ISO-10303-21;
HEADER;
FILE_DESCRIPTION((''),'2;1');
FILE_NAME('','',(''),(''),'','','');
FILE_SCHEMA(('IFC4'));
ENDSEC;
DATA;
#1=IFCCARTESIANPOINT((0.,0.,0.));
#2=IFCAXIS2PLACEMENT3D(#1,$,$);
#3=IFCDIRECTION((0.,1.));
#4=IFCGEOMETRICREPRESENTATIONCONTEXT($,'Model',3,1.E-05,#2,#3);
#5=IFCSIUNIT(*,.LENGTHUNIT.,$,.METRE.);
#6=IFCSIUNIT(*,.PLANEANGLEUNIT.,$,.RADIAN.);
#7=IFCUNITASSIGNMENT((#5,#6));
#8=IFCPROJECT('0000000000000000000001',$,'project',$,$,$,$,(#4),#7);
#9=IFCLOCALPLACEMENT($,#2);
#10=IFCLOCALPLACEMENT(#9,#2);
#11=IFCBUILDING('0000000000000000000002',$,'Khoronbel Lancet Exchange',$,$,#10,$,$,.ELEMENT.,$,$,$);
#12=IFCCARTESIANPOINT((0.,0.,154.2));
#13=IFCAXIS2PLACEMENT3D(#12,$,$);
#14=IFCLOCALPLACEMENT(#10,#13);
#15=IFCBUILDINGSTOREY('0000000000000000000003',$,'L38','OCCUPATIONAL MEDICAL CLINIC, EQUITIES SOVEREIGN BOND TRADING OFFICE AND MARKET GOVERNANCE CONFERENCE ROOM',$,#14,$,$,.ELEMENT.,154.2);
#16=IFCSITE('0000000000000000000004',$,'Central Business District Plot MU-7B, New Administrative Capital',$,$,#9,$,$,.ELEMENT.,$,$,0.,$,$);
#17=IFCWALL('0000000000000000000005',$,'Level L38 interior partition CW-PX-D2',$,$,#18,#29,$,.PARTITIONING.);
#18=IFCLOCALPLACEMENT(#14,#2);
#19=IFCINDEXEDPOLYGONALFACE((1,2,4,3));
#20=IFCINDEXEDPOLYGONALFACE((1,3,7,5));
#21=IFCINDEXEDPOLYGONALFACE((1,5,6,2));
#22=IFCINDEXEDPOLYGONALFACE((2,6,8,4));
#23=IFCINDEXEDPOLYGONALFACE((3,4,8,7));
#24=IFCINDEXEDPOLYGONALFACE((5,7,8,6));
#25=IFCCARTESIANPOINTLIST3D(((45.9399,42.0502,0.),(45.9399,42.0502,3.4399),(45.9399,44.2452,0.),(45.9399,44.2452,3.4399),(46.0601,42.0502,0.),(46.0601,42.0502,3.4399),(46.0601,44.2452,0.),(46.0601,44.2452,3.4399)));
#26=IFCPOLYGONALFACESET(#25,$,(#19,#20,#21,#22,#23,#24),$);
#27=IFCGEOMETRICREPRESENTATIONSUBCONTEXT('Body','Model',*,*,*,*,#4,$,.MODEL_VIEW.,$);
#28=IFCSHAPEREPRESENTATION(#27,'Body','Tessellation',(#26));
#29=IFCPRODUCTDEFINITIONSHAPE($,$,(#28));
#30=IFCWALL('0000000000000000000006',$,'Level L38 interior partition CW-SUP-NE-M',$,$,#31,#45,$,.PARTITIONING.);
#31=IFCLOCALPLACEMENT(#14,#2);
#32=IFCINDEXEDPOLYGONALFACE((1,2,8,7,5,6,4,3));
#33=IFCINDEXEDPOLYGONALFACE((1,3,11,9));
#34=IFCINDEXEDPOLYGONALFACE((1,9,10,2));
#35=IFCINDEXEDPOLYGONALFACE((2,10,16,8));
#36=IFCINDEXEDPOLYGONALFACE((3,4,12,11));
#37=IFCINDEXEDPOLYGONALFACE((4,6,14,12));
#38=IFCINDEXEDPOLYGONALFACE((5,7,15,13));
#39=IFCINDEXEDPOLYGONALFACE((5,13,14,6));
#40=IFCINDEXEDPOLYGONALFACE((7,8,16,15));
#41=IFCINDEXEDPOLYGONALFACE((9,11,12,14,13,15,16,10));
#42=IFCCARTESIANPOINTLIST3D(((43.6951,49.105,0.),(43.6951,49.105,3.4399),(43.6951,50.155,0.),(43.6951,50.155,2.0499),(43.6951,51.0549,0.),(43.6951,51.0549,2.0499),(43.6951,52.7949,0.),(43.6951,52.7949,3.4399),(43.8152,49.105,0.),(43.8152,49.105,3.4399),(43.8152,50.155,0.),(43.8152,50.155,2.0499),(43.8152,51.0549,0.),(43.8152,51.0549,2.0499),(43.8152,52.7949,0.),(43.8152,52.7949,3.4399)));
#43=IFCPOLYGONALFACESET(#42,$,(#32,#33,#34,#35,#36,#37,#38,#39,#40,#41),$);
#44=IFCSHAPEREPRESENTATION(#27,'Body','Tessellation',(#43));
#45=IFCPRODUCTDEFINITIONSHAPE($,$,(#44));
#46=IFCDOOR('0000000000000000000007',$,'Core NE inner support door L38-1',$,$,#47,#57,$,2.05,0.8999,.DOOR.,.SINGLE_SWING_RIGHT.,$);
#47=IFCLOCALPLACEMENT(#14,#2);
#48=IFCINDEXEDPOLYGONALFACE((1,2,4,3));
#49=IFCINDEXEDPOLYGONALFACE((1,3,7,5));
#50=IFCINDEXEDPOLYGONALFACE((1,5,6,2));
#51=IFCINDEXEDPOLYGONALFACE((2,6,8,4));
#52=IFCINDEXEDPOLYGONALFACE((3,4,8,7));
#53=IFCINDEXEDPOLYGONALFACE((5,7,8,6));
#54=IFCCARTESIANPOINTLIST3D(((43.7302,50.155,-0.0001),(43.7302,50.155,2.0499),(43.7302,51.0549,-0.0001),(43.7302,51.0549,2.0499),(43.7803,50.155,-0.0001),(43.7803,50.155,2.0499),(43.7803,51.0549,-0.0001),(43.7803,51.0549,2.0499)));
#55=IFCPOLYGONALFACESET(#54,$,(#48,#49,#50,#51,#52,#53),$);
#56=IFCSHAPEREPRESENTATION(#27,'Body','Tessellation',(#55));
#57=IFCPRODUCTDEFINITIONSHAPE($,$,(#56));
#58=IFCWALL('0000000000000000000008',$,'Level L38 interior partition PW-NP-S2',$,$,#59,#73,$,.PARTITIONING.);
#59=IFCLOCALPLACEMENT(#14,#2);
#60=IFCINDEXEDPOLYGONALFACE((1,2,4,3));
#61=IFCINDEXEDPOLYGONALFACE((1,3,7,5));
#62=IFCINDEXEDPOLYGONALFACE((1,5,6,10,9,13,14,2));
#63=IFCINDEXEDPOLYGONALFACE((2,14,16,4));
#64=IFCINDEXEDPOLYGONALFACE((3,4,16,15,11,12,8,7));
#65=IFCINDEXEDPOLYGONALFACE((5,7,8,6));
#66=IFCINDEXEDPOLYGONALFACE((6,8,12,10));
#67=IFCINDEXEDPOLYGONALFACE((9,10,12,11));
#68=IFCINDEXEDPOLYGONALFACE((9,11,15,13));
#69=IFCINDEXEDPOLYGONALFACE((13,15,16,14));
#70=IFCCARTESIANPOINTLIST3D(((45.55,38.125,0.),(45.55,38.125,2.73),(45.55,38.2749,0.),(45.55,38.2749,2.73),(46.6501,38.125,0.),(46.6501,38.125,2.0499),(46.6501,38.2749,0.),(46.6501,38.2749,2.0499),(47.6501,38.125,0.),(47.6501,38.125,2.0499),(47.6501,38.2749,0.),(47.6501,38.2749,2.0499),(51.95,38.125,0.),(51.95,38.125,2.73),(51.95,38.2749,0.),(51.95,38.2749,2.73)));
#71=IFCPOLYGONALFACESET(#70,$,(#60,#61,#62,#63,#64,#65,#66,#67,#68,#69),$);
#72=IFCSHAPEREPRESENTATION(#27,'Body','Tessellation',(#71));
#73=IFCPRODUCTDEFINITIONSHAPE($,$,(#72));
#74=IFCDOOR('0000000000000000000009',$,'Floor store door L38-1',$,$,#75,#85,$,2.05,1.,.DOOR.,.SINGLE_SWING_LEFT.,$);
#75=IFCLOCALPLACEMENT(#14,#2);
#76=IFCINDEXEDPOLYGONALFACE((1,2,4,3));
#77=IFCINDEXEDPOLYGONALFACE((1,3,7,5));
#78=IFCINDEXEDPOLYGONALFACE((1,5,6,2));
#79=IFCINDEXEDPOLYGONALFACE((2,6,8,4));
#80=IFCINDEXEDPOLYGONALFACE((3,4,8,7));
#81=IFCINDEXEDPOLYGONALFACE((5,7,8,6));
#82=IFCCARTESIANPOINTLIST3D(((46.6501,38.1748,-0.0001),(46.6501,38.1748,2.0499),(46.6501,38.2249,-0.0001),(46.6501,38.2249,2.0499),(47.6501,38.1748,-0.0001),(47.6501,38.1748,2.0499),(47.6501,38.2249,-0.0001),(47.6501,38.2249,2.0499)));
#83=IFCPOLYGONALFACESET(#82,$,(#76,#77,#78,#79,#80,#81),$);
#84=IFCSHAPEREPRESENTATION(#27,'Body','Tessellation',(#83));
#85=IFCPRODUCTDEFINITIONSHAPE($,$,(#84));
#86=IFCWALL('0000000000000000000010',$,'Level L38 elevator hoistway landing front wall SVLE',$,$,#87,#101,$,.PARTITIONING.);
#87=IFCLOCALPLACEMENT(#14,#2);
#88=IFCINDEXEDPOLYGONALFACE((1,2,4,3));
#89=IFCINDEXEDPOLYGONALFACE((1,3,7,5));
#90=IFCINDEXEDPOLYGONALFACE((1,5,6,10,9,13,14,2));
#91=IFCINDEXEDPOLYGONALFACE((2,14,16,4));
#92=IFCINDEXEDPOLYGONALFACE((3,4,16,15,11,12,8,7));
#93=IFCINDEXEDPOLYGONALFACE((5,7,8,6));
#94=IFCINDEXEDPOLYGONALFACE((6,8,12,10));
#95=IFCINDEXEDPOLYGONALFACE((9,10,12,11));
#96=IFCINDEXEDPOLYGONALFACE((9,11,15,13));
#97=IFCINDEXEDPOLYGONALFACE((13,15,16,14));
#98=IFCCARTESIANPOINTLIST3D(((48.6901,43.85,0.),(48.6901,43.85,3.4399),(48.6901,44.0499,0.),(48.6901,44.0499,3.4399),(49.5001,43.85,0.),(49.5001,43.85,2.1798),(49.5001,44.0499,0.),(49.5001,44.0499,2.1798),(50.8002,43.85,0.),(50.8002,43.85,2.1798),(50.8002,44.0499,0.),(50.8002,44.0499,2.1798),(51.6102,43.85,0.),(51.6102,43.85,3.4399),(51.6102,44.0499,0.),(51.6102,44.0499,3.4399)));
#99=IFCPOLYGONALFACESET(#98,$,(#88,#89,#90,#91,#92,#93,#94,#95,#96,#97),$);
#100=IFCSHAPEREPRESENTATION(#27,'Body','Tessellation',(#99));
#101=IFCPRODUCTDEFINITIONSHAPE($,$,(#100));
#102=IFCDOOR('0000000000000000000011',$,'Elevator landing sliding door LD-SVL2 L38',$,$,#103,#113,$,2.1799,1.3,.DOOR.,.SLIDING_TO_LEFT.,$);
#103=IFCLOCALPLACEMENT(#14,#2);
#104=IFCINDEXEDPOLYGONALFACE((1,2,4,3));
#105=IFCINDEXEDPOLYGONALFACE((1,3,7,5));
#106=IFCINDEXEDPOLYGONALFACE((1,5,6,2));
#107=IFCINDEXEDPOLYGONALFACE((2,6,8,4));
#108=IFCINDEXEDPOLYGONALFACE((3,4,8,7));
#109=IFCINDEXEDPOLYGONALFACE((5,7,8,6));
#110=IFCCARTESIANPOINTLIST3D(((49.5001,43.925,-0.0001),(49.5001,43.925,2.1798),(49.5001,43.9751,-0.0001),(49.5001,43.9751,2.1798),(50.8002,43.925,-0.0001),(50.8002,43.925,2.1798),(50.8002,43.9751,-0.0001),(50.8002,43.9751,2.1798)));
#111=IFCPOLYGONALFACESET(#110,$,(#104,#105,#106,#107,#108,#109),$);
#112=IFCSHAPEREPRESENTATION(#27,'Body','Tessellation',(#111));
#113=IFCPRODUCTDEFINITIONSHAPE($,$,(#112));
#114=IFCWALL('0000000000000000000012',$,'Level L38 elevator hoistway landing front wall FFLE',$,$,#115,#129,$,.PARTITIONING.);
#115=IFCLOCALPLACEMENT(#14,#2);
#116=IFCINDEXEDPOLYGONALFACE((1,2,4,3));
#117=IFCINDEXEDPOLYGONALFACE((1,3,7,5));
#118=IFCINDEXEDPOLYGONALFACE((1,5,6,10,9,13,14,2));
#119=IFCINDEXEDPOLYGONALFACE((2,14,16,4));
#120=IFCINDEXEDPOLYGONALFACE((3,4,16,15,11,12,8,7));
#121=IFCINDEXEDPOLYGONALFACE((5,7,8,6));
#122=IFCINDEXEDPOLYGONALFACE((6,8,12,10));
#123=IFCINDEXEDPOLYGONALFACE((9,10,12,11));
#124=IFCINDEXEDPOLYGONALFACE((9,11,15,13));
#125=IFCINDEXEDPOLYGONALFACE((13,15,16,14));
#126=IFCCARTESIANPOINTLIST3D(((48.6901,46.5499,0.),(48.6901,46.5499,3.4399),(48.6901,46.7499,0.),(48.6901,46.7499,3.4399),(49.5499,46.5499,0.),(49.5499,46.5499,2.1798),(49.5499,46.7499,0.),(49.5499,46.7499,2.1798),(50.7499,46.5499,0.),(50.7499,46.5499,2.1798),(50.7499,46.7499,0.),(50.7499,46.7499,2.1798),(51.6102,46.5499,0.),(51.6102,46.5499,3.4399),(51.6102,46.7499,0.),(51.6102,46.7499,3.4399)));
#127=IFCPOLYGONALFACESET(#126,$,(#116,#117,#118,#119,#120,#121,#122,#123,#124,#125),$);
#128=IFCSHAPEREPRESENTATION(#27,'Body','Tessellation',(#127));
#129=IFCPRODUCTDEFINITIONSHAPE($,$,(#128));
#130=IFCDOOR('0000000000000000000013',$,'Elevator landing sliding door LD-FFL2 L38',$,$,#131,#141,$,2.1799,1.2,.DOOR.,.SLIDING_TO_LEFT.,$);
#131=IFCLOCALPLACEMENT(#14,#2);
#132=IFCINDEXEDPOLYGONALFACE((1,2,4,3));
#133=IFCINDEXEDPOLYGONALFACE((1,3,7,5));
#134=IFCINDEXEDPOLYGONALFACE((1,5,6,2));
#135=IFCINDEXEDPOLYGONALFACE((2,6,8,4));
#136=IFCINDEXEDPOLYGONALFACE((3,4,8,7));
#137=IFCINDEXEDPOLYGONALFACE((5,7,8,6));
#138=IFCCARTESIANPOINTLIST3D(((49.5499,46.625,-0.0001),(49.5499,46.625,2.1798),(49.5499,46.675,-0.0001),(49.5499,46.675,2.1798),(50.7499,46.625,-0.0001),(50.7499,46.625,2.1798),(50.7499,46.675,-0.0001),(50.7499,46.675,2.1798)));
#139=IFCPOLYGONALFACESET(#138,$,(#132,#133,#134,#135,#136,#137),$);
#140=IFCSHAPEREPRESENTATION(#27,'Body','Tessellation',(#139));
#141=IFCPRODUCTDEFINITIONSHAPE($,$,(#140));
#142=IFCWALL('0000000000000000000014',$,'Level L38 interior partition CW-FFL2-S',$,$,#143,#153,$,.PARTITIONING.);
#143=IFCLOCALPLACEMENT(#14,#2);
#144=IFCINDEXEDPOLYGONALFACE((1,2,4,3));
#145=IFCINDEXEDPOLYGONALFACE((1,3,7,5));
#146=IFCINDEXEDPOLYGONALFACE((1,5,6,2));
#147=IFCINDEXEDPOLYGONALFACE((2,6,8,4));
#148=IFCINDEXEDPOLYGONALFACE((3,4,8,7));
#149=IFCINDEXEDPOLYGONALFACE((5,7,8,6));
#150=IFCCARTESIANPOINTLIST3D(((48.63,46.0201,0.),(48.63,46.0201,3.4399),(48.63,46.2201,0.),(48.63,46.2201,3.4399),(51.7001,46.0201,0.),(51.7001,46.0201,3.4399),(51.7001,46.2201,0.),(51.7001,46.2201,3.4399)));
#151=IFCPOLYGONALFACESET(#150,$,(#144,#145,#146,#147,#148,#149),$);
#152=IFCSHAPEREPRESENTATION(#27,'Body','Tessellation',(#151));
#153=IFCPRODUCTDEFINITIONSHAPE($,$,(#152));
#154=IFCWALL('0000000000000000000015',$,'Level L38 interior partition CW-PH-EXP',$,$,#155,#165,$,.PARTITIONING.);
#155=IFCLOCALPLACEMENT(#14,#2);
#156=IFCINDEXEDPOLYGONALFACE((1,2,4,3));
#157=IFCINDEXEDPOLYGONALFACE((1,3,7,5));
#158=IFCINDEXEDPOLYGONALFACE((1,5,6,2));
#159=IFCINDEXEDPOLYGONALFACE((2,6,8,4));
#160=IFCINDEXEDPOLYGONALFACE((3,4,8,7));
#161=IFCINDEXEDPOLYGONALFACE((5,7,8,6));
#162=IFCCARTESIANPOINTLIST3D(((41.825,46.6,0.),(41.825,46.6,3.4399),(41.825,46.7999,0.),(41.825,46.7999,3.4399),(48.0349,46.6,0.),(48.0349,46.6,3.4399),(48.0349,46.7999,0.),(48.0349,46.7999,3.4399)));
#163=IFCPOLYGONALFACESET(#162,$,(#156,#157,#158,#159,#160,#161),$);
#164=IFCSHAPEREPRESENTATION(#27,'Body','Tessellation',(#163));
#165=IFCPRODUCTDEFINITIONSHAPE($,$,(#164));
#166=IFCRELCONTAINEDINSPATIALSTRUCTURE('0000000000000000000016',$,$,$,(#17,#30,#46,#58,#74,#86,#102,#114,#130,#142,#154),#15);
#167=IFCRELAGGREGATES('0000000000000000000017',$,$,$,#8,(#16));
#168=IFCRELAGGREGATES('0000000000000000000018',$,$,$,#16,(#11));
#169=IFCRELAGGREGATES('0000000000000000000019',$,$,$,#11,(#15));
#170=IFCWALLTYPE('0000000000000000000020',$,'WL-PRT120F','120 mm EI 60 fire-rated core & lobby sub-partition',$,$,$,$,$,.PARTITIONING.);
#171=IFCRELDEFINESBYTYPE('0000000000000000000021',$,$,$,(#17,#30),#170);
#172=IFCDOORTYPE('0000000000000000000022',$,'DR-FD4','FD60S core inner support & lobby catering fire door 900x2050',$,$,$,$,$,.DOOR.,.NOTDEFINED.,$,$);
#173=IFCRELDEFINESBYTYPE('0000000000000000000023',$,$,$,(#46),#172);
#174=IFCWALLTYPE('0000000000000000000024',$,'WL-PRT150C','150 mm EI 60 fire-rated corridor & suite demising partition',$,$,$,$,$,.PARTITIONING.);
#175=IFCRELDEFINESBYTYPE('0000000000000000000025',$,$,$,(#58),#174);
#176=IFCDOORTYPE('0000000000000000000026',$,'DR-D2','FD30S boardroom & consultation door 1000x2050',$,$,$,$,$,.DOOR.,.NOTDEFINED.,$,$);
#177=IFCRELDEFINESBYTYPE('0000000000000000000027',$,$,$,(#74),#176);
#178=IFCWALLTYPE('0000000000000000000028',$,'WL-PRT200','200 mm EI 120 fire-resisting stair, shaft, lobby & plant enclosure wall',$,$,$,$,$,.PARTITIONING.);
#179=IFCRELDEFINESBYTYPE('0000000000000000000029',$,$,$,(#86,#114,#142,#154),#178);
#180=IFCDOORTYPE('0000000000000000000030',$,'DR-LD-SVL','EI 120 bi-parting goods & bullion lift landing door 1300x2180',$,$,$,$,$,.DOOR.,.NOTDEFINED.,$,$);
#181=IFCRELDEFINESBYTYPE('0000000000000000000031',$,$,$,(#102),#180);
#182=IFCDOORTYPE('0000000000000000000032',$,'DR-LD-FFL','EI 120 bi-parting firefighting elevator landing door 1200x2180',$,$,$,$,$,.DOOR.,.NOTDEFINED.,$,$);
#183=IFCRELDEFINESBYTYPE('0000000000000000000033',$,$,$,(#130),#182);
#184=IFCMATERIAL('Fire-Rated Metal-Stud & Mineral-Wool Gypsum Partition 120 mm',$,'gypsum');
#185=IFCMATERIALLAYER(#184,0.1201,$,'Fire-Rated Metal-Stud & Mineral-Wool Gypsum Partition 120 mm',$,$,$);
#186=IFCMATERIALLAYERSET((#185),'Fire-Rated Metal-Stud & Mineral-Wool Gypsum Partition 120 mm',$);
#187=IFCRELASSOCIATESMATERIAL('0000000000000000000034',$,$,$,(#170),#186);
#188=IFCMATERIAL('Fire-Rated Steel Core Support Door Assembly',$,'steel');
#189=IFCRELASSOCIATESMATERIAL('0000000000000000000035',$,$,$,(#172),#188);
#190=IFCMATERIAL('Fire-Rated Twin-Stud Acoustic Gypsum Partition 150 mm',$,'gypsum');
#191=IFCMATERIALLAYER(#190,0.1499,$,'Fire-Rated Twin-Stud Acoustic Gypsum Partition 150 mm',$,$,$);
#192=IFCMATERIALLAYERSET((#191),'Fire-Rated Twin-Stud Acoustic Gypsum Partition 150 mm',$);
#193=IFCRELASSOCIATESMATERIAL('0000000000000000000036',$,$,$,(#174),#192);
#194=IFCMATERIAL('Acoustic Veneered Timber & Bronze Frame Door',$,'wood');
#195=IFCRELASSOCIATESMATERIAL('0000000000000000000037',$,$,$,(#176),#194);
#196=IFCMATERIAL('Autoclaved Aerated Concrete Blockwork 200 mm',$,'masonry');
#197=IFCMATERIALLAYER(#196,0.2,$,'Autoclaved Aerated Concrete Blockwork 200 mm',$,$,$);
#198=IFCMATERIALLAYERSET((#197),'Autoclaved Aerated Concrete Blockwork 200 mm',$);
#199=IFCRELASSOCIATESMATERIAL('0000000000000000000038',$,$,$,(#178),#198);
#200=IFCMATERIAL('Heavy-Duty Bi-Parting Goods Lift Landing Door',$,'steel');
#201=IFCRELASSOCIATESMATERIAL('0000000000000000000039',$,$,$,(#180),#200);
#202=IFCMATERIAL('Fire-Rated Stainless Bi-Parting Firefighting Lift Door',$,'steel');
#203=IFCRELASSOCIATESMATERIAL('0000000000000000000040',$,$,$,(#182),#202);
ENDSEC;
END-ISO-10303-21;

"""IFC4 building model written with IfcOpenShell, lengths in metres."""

from ifc_helpers import new_model, si_unit, direction, frame, frame_2d, origin, place, context, subcontext, project, spatial, rectangle, extrude, material, layer, layer_set, type_object, element, fill, save


model = new_model("IFC4")

# Units and contexts
model_context = context("Model", 3, precision=1e-05, world=origin(), true_north=direction((0.0, 1.0)))
body_context = subcontext(model_context, "Body", "Model", "MODEL_VIEW")
ifc_project = project(units=[si_unit("LENGTHUNIT", "METRE"), si_unit("PLANEANGLEUNIT", "RADIAN")], contexts=[model_context])

# Site, building, storey
site_placement = place(None, origin())
site = spatial("IfcSite", under=ifc_project, at=site_placement, Name="Central Business District Plot MU-7B, New Administrative Capital", CompositionType="ELEMENT", RefElevation=0.0)
building_placement = place(site_placement, origin())
building = spatial("IfcBuilding", under=site, at=building_placement, Name="Khoronbel Lancet Exchange", CompositionType="ELEMENT")
storey_placement = place(building_placement, frame((0.0, 0.0, 154.2)))
storey = spatial("IfcBuildingStorey", under=building, at=storey_placement, Name="L38", Description="OCCUPATIONAL MEDICAL CLINIC, EQUITIES SOVEREIGN BOND TRADING OFFICE AND MARKET GOVERNANCE CONFERENCE ROOM", CompositionType="ELEMENT", Elevation=154.2)

# Wall
ifc_material_1 = material(Name="Fire-Rated Metal-Stud & Mineral-Wool Gypsum Partition 120 mm", Category="gypsum")
ifc_layer_1 = layer(ifc_material_1, 0.1201, Name="Fire-Rated Metal-Stud & Mineral-Wool Gypsum Partition 120 mm")
ifc_layer_set_1 = layer_set([ifc_layer_1], Name="Fire-Rated Metal-Stud & Mineral-Wool Gypsum Partition 120 mm")
wall_type_1 = type_object("IfcWallType", Name="WL-PRT120F", Description="120 mm EI 60 fire-rated core & lobby sub-partition", PredefinedType="PARTITIONING", material=ifc_layer_set_1)
for number, where, z_axis, x_axis, name in (
    (1, (46.0, 42.05, 0.0), (0.0, 0.0, 1.0), (0.0, 1.0, 0.0), "Level L38 interior partition CW-PX-D2"),
):
    element("IfcWall", number, at=place(storey_placement, frame(where, z_axis=z_axis, x_axis=x_axis)), inside=storey, type_object=wall_type_1, Name=name, PredefinedType="PARTITIONING", context=body_context, shape_type="SweptSolid", body=[
        extrude(rectangle(XDim=2.1951, YDim=0.1201, at=frame_2d((1.0977, 0.0))), origin(), (0.0, 0.0, 1.0), 3.4399),
    ])

# Walls, openings, doors
wall_1_placement = place(storey_placement, frame((43.7551, 49.105, 0.0), z_axis=(0.0, 0.0, 1.0), x_axis=(0.0, 1.0, 0.0)))
wall_1 = element("IfcWall", 2, at=wall_1_placement, inside=storey, type_object=wall_type_1, Name="Level L38 interior partition CW-SUP-NE-M", PredefinedType="PARTITIONING", context=body_context, shape_type="SweptSolid", body=[
    extrude(rectangle(XDim=3.6899, YDim=0.1201, at=frame_2d((1.845, 0.0))), origin(), (0.0, 0.0, 1.0), 3.4399),
])
opening_1_placement = place(wall_1_placement, frame((1.05, 0.0, 0.0)))
opening_1 = element("IfcOpeningElement", 3, at=opening_1_placement, cuts=wall_1, PredefinedType="OPENING", context=body_context, shape_type="SweptSolid", body=[
    extrude(rectangle(XDim=0.8999, YDim=2.05, at=frame_2d((0.45, 1.0249))), frame((0.0, 0.0701, 0.0), z_axis=(0.0, -1.0, 0.0), x_axis=(1.0, 0.0, 0.0)), (0.0, 0.0, 1.0), 0.1401),
])
ifc_material_2 = material(Name="Fire-Rated Steel Core Support Door Assembly", Category="steel")
door_type_1 = type_object("IfcDoorType", Name="DR-FD4", Description="FD60S core inner support & lobby catering fire door 900x2050", OperationType="NOTDEFINED", PredefinedType="DOOR", material=ifc_material_2)
door_1_placement = place(opening_1_placement, origin())
door_1 = element("IfcDoor", 4, at=door_1_placement, inside=storey, type_object=door_type_1, Name="Core NE inner support door L38-1", OperationType="SINGLE_SWING_RIGHT", OverallHeight=2.05, OverallWidth=0.8999, PredefinedType="DOOR", context=body_context, shape_type="SweptSolid", body=[
    extrude(rectangle(XDim=0.8999, YDim=2.05, at=frame_2d((0.45, 1.0249))), frame((0.0, 0.0249, 0.0), z_axis=(0.0, -1.0, 0.0), x_axis=(1.0, 0.0, 0.0)), (0.0, 0.0, 1.0), 0.05),
])
fill(opening_1, door_1)
ifc_material_3 = material(Name="Fire-Rated Twin-Stud Acoustic Gypsum Partition 150 mm", Category="gypsum")
ifc_layer_2 = layer(ifc_material_3, 0.1499, Name="Fire-Rated Twin-Stud Acoustic Gypsum Partition 150 mm")
ifc_layer_set_2 = layer_set([ifc_layer_2], Name="Fire-Rated Twin-Stud Acoustic Gypsum Partition 150 mm")
wall_type_2 = type_object("IfcWallType", Name="WL-PRT150C", Description="150 mm EI 60 fire-rated corridor & suite demising partition", PredefinedType="PARTITIONING", material=ifc_layer_set_2)
wall_2_placement = place(storey_placement, frame((45.55, 38.2, 0.0), z_axis=(0.0, 0.0, 1.0), x_axis=(1.0, 0.0, 0.0)))
wall_2 = element("IfcWall", 5, at=wall_2_placement, inside=storey, type_object=wall_type_2, Name="Level L38 interior partition PW-NP-S2", PredefinedType="PARTITIONING", context=body_context, shape_type="SweptSolid", body=[
    extrude(rectangle(XDim=6.3999, YDim=0.1499, at=frame_2d((3.2, 0.0))), origin(), (0.0, 0.0, 1.0), 2.73),
])
opening_2_placement = place(wall_2_placement, frame((1.1001, 0.0, 0.0)))
opening_2 = element("IfcOpeningElement", 6, at=opening_2_placement, cuts=wall_2, PredefinedType="OPENING", context=body_context, shape_type="SweptSolid", body=[
    extrude(rectangle(XDim=1.0, YDim=2.05, at=frame_2d((0.5, 1.0249))), frame((0.0, 0.085, 0.0), z_axis=(0.0, -1.0, 0.0), x_axis=(1.0, 0.0, 0.0)), (0.0, 0.0, 1.0), 0.1699),
])
ifc_material_4 = material(Name="Acoustic Veneered Timber & Bronze Frame Door", Category="wood")
door_type_2 = type_object("IfcDoorType", Name="DR-D2", Description="FD30S boardroom & consultation door 1000x2050", OperationType="NOTDEFINED", PredefinedType="DOOR", material=ifc_material_4)
door_2_placement = place(opening_2_placement, origin())
door_2 = element("IfcDoor", 7, at=door_2_placement, inside=storey, type_object=door_type_2, Name="Floor store door L38-1", OperationType="SINGLE_SWING_LEFT", OverallHeight=2.05, OverallWidth=1.0, PredefinedType="DOOR", context=body_context, shape_type="SweptSolid", body=[
    extrude(rectangle(XDim=1.0, YDim=2.05, at=frame_2d((0.5, 1.0249))), frame((0.0, 0.0249, 0.0), z_axis=(0.0, -1.0, 0.0), x_axis=(1.0, 0.0, 0.0)), (0.0, 0.0, 1.0), 0.05),
])
fill(opening_2, door_2)
ifc_material_5 = material(Name="Autoclaved Aerated Concrete Blockwork 200 mm", Category="masonry")
ifc_layer_3 = layer(ifc_material_5, 0.2, Name="Autoclaved Aerated Concrete Blockwork 200 mm")
ifc_layer_set_3 = layer_set([ifc_layer_3], Name="Autoclaved Aerated Concrete Blockwork 200 mm")
wall_type_3 = type_object("IfcWallType", Name="WL-PRT200", Description="200 mm EI 120 fire-resisting stair, shaft, lobby & plant enclosure wall", PredefinedType="PARTITIONING", material=ifc_layer_set_3)
wall_3_placement = place(storey_placement, frame((51.6101, 43.95, 0.0), z_axis=(0.0, 0.0, 1.0), x_axis=(-1.0, 0.0, 0.0)))
wall_3 = element("IfcWall", 8, at=wall_3_placement, inside=storey, type_object=wall_type_3, Name="Level L38 elevator hoistway landing front wall SVLE", PredefinedType="PARTITIONING", context=body_context, shape_type="SweptSolid", body=[
    extrude(rectangle(XDim=2.9202, YDim=0.2, at=frame_2d((1.46, 0.0))), origin(), (0.0, 0.0, 1.0), 3.4399),
])
opening_3_placement = place(wall_3_placement, frame((0.8101, 0.0, 0.0)))
opening_3 = element("IfcOpeningElement", 9, at=opening_3_placement, cuts=wall_3, PredefinedType="OPENING", context=body_context, shape_type="SweptSolid", body=[
    extrude(rectangle(XDim=1.3, YDim=2.1799, at=frame_2d((0.6499, 1.0898))), frame((0.0, 0.1099, 0.0), z_axis=(0.0, -1.0, 0.0), x_axis=(1.0, 0.0, 0.0)), (0.0, 0.0, 1.0), 0.22),
])
ifc_material_6 = material(Name="Heavy-Duty Bi-Parting Goods Lift Landing Door", Category="steel")
door_type_3 = type_object("IfcDoorType", Name="DR-LD-SVL", Description="EI 120 bi-parting goods & bullion lift landing door 1300x2180", OperationType="NOTDEFINED", PredefinedType="DOOR", material=ifc_material_6)
door_3_placement = place(opening_3_placement, origin())
door_3 = element("IfcDoor", 10, at=door_3_placement, inside=storey, type_object=door_type_3, Name="Elevator landing sliding door LD-SVL2 L38", OperationType="SLIDING_TO_LEFT", OverallHeight=2.1799, OverallWidth=1.3, PredefinedType="DOOR", context=body_context, shape_type="SweptSolid", body=[
    extrude(rectangle(XDim=1.3, YDim=2.1799, at=frame_2d((0.6499, 1.0898))), frame((0.0, 0.0249, 0.0), z_axis=(0.0, -1.0, 0.0), x_axis=(1.0, 0.0, 0.0)), (0.0, 0.0, 1.0), 0.05),
])
fill(opening_3, door_3)
wall_4_placement = place(storey_placement, frame((51.6101, 46.6499, 0.0), z_axis=(0.0, 0.0, 1.0), x_axis=(-1.0, 0.0, 0.0)))
wall_4 = element("IfcWall", 11, at=wall_4_placement, inside=storey, type_object=wall_type_3, Name="Level L38 elevator hoistway landing front wall FFLE", PredefinedType="PARTITIONING", context=body_context, shape_type="SweptSolid", body=[
    extrude(rectangle(XDim=2.9202, YDim=0.2, at=frame_2d((1.46, 0.0))), origin(), (0.0, 0.0, 1.0), 3.4399),
])
opening_4_placement = place(wall_4_placement, frame((0.8601, 0.0, 0.0)))
opening_4 = element("IfcOpeningElement", 12, at=opening_4_placement, cuts=wall_4, PredefinedType="OPENING", context=body_context, shape_type="SweptSolid", body=[
    extrude(rectangle(XDim=1.2, YDim=2.1799, at=frame_2d((0.6001, 1.0898))), frame((0.0, 0.1099, 0.0), z_axis=(0.0, -1.0, 0.0), x_axis=(1.0, 0.0, 0.0)), (0.0, 0.0, 1.0), 0.22),
])
ifc_material_7 = material(Name="Fire-Rated Stainless Bi-Parting Firefighting Lift Door", Category="steel")
door_type_4 = type_object("IfcDoorType", Name="DR-LD-FFL", Description="EI 120 bi-parting firefighting elevator landing door 1200x2180", OperationType="NOTDEFINED", PredefinedType="DOOR", material=ifc_material_7)
door_4_placement = place(opening_4_placement, origin())
door_4 = element("IfcDoor", 13, at=door_4_placement, inside=storey, type_object=door_type_4, Name="Elevator landing sliding door LD-FFL2 L38", OperationType="SLIDING_TO_LEFT", OverallHeight=2.1799, OverallWidth=1.2, PredefinedType="DOOR", context=body_context, shape_type="SweptSolid", body=[
    extrude(rectangle(XDim=1.2, YDim=2.1799, at=frame_2d((0.6001, 1.0898))), frame((0.0, 0.0249, 0.0), z_axis=(0.0, -1.0, 0.0), x_axis=(1.0, 0.0, 0.0)), (0.0, 0.0, 1.0), 0.05),
])
fill(opening_4, door_4)

# Walls
wall_5_placement = place(storey_placement, frame((48.6299, 46.1201, 0.0), z_axis=(0.0, 0.0, 1.0), x_axis=(1.0, 0.0, 0.0)))
element("IfcWall", 14, at=wall_5_placement, inside=storey, type_object=wall_type_3, Name="Level L38 interior partition CW-FFL2-S", PredefinedType="PARTITIONING", context=body_context, shape_type="SweptSolid", body=[
    extrude(rectangle(XDim=3.0701, YDim=0.2, at=frame_2d((1.5352, 0.0))), origin(), (0.0, 0.0, 1.0), 3.4399),
])
wall_6_placement = place(storey_placement, frame((41.825, 46.7, 0.0), z_axis=(0.0, 0.0, 1.0), x_axis=(1.0, 0.0, 0.0)))
element("IfcWall", 15, at=wall_6_placement, inside=storey, type_object=wall_type_3, Name="Level L38 interior partition CW-PH-EXP", PredefinedType="PARTITIONING", context=body_context, shape_type="SweptSolid", body=[
    extrude(rectangle(XDim=6.21, YDim=0.2, at=frame_2d((3.105, 0.0))), origin(), (0.0, 0.0, 1.0), 3.4399),
])

save(model, "model.ifc")
